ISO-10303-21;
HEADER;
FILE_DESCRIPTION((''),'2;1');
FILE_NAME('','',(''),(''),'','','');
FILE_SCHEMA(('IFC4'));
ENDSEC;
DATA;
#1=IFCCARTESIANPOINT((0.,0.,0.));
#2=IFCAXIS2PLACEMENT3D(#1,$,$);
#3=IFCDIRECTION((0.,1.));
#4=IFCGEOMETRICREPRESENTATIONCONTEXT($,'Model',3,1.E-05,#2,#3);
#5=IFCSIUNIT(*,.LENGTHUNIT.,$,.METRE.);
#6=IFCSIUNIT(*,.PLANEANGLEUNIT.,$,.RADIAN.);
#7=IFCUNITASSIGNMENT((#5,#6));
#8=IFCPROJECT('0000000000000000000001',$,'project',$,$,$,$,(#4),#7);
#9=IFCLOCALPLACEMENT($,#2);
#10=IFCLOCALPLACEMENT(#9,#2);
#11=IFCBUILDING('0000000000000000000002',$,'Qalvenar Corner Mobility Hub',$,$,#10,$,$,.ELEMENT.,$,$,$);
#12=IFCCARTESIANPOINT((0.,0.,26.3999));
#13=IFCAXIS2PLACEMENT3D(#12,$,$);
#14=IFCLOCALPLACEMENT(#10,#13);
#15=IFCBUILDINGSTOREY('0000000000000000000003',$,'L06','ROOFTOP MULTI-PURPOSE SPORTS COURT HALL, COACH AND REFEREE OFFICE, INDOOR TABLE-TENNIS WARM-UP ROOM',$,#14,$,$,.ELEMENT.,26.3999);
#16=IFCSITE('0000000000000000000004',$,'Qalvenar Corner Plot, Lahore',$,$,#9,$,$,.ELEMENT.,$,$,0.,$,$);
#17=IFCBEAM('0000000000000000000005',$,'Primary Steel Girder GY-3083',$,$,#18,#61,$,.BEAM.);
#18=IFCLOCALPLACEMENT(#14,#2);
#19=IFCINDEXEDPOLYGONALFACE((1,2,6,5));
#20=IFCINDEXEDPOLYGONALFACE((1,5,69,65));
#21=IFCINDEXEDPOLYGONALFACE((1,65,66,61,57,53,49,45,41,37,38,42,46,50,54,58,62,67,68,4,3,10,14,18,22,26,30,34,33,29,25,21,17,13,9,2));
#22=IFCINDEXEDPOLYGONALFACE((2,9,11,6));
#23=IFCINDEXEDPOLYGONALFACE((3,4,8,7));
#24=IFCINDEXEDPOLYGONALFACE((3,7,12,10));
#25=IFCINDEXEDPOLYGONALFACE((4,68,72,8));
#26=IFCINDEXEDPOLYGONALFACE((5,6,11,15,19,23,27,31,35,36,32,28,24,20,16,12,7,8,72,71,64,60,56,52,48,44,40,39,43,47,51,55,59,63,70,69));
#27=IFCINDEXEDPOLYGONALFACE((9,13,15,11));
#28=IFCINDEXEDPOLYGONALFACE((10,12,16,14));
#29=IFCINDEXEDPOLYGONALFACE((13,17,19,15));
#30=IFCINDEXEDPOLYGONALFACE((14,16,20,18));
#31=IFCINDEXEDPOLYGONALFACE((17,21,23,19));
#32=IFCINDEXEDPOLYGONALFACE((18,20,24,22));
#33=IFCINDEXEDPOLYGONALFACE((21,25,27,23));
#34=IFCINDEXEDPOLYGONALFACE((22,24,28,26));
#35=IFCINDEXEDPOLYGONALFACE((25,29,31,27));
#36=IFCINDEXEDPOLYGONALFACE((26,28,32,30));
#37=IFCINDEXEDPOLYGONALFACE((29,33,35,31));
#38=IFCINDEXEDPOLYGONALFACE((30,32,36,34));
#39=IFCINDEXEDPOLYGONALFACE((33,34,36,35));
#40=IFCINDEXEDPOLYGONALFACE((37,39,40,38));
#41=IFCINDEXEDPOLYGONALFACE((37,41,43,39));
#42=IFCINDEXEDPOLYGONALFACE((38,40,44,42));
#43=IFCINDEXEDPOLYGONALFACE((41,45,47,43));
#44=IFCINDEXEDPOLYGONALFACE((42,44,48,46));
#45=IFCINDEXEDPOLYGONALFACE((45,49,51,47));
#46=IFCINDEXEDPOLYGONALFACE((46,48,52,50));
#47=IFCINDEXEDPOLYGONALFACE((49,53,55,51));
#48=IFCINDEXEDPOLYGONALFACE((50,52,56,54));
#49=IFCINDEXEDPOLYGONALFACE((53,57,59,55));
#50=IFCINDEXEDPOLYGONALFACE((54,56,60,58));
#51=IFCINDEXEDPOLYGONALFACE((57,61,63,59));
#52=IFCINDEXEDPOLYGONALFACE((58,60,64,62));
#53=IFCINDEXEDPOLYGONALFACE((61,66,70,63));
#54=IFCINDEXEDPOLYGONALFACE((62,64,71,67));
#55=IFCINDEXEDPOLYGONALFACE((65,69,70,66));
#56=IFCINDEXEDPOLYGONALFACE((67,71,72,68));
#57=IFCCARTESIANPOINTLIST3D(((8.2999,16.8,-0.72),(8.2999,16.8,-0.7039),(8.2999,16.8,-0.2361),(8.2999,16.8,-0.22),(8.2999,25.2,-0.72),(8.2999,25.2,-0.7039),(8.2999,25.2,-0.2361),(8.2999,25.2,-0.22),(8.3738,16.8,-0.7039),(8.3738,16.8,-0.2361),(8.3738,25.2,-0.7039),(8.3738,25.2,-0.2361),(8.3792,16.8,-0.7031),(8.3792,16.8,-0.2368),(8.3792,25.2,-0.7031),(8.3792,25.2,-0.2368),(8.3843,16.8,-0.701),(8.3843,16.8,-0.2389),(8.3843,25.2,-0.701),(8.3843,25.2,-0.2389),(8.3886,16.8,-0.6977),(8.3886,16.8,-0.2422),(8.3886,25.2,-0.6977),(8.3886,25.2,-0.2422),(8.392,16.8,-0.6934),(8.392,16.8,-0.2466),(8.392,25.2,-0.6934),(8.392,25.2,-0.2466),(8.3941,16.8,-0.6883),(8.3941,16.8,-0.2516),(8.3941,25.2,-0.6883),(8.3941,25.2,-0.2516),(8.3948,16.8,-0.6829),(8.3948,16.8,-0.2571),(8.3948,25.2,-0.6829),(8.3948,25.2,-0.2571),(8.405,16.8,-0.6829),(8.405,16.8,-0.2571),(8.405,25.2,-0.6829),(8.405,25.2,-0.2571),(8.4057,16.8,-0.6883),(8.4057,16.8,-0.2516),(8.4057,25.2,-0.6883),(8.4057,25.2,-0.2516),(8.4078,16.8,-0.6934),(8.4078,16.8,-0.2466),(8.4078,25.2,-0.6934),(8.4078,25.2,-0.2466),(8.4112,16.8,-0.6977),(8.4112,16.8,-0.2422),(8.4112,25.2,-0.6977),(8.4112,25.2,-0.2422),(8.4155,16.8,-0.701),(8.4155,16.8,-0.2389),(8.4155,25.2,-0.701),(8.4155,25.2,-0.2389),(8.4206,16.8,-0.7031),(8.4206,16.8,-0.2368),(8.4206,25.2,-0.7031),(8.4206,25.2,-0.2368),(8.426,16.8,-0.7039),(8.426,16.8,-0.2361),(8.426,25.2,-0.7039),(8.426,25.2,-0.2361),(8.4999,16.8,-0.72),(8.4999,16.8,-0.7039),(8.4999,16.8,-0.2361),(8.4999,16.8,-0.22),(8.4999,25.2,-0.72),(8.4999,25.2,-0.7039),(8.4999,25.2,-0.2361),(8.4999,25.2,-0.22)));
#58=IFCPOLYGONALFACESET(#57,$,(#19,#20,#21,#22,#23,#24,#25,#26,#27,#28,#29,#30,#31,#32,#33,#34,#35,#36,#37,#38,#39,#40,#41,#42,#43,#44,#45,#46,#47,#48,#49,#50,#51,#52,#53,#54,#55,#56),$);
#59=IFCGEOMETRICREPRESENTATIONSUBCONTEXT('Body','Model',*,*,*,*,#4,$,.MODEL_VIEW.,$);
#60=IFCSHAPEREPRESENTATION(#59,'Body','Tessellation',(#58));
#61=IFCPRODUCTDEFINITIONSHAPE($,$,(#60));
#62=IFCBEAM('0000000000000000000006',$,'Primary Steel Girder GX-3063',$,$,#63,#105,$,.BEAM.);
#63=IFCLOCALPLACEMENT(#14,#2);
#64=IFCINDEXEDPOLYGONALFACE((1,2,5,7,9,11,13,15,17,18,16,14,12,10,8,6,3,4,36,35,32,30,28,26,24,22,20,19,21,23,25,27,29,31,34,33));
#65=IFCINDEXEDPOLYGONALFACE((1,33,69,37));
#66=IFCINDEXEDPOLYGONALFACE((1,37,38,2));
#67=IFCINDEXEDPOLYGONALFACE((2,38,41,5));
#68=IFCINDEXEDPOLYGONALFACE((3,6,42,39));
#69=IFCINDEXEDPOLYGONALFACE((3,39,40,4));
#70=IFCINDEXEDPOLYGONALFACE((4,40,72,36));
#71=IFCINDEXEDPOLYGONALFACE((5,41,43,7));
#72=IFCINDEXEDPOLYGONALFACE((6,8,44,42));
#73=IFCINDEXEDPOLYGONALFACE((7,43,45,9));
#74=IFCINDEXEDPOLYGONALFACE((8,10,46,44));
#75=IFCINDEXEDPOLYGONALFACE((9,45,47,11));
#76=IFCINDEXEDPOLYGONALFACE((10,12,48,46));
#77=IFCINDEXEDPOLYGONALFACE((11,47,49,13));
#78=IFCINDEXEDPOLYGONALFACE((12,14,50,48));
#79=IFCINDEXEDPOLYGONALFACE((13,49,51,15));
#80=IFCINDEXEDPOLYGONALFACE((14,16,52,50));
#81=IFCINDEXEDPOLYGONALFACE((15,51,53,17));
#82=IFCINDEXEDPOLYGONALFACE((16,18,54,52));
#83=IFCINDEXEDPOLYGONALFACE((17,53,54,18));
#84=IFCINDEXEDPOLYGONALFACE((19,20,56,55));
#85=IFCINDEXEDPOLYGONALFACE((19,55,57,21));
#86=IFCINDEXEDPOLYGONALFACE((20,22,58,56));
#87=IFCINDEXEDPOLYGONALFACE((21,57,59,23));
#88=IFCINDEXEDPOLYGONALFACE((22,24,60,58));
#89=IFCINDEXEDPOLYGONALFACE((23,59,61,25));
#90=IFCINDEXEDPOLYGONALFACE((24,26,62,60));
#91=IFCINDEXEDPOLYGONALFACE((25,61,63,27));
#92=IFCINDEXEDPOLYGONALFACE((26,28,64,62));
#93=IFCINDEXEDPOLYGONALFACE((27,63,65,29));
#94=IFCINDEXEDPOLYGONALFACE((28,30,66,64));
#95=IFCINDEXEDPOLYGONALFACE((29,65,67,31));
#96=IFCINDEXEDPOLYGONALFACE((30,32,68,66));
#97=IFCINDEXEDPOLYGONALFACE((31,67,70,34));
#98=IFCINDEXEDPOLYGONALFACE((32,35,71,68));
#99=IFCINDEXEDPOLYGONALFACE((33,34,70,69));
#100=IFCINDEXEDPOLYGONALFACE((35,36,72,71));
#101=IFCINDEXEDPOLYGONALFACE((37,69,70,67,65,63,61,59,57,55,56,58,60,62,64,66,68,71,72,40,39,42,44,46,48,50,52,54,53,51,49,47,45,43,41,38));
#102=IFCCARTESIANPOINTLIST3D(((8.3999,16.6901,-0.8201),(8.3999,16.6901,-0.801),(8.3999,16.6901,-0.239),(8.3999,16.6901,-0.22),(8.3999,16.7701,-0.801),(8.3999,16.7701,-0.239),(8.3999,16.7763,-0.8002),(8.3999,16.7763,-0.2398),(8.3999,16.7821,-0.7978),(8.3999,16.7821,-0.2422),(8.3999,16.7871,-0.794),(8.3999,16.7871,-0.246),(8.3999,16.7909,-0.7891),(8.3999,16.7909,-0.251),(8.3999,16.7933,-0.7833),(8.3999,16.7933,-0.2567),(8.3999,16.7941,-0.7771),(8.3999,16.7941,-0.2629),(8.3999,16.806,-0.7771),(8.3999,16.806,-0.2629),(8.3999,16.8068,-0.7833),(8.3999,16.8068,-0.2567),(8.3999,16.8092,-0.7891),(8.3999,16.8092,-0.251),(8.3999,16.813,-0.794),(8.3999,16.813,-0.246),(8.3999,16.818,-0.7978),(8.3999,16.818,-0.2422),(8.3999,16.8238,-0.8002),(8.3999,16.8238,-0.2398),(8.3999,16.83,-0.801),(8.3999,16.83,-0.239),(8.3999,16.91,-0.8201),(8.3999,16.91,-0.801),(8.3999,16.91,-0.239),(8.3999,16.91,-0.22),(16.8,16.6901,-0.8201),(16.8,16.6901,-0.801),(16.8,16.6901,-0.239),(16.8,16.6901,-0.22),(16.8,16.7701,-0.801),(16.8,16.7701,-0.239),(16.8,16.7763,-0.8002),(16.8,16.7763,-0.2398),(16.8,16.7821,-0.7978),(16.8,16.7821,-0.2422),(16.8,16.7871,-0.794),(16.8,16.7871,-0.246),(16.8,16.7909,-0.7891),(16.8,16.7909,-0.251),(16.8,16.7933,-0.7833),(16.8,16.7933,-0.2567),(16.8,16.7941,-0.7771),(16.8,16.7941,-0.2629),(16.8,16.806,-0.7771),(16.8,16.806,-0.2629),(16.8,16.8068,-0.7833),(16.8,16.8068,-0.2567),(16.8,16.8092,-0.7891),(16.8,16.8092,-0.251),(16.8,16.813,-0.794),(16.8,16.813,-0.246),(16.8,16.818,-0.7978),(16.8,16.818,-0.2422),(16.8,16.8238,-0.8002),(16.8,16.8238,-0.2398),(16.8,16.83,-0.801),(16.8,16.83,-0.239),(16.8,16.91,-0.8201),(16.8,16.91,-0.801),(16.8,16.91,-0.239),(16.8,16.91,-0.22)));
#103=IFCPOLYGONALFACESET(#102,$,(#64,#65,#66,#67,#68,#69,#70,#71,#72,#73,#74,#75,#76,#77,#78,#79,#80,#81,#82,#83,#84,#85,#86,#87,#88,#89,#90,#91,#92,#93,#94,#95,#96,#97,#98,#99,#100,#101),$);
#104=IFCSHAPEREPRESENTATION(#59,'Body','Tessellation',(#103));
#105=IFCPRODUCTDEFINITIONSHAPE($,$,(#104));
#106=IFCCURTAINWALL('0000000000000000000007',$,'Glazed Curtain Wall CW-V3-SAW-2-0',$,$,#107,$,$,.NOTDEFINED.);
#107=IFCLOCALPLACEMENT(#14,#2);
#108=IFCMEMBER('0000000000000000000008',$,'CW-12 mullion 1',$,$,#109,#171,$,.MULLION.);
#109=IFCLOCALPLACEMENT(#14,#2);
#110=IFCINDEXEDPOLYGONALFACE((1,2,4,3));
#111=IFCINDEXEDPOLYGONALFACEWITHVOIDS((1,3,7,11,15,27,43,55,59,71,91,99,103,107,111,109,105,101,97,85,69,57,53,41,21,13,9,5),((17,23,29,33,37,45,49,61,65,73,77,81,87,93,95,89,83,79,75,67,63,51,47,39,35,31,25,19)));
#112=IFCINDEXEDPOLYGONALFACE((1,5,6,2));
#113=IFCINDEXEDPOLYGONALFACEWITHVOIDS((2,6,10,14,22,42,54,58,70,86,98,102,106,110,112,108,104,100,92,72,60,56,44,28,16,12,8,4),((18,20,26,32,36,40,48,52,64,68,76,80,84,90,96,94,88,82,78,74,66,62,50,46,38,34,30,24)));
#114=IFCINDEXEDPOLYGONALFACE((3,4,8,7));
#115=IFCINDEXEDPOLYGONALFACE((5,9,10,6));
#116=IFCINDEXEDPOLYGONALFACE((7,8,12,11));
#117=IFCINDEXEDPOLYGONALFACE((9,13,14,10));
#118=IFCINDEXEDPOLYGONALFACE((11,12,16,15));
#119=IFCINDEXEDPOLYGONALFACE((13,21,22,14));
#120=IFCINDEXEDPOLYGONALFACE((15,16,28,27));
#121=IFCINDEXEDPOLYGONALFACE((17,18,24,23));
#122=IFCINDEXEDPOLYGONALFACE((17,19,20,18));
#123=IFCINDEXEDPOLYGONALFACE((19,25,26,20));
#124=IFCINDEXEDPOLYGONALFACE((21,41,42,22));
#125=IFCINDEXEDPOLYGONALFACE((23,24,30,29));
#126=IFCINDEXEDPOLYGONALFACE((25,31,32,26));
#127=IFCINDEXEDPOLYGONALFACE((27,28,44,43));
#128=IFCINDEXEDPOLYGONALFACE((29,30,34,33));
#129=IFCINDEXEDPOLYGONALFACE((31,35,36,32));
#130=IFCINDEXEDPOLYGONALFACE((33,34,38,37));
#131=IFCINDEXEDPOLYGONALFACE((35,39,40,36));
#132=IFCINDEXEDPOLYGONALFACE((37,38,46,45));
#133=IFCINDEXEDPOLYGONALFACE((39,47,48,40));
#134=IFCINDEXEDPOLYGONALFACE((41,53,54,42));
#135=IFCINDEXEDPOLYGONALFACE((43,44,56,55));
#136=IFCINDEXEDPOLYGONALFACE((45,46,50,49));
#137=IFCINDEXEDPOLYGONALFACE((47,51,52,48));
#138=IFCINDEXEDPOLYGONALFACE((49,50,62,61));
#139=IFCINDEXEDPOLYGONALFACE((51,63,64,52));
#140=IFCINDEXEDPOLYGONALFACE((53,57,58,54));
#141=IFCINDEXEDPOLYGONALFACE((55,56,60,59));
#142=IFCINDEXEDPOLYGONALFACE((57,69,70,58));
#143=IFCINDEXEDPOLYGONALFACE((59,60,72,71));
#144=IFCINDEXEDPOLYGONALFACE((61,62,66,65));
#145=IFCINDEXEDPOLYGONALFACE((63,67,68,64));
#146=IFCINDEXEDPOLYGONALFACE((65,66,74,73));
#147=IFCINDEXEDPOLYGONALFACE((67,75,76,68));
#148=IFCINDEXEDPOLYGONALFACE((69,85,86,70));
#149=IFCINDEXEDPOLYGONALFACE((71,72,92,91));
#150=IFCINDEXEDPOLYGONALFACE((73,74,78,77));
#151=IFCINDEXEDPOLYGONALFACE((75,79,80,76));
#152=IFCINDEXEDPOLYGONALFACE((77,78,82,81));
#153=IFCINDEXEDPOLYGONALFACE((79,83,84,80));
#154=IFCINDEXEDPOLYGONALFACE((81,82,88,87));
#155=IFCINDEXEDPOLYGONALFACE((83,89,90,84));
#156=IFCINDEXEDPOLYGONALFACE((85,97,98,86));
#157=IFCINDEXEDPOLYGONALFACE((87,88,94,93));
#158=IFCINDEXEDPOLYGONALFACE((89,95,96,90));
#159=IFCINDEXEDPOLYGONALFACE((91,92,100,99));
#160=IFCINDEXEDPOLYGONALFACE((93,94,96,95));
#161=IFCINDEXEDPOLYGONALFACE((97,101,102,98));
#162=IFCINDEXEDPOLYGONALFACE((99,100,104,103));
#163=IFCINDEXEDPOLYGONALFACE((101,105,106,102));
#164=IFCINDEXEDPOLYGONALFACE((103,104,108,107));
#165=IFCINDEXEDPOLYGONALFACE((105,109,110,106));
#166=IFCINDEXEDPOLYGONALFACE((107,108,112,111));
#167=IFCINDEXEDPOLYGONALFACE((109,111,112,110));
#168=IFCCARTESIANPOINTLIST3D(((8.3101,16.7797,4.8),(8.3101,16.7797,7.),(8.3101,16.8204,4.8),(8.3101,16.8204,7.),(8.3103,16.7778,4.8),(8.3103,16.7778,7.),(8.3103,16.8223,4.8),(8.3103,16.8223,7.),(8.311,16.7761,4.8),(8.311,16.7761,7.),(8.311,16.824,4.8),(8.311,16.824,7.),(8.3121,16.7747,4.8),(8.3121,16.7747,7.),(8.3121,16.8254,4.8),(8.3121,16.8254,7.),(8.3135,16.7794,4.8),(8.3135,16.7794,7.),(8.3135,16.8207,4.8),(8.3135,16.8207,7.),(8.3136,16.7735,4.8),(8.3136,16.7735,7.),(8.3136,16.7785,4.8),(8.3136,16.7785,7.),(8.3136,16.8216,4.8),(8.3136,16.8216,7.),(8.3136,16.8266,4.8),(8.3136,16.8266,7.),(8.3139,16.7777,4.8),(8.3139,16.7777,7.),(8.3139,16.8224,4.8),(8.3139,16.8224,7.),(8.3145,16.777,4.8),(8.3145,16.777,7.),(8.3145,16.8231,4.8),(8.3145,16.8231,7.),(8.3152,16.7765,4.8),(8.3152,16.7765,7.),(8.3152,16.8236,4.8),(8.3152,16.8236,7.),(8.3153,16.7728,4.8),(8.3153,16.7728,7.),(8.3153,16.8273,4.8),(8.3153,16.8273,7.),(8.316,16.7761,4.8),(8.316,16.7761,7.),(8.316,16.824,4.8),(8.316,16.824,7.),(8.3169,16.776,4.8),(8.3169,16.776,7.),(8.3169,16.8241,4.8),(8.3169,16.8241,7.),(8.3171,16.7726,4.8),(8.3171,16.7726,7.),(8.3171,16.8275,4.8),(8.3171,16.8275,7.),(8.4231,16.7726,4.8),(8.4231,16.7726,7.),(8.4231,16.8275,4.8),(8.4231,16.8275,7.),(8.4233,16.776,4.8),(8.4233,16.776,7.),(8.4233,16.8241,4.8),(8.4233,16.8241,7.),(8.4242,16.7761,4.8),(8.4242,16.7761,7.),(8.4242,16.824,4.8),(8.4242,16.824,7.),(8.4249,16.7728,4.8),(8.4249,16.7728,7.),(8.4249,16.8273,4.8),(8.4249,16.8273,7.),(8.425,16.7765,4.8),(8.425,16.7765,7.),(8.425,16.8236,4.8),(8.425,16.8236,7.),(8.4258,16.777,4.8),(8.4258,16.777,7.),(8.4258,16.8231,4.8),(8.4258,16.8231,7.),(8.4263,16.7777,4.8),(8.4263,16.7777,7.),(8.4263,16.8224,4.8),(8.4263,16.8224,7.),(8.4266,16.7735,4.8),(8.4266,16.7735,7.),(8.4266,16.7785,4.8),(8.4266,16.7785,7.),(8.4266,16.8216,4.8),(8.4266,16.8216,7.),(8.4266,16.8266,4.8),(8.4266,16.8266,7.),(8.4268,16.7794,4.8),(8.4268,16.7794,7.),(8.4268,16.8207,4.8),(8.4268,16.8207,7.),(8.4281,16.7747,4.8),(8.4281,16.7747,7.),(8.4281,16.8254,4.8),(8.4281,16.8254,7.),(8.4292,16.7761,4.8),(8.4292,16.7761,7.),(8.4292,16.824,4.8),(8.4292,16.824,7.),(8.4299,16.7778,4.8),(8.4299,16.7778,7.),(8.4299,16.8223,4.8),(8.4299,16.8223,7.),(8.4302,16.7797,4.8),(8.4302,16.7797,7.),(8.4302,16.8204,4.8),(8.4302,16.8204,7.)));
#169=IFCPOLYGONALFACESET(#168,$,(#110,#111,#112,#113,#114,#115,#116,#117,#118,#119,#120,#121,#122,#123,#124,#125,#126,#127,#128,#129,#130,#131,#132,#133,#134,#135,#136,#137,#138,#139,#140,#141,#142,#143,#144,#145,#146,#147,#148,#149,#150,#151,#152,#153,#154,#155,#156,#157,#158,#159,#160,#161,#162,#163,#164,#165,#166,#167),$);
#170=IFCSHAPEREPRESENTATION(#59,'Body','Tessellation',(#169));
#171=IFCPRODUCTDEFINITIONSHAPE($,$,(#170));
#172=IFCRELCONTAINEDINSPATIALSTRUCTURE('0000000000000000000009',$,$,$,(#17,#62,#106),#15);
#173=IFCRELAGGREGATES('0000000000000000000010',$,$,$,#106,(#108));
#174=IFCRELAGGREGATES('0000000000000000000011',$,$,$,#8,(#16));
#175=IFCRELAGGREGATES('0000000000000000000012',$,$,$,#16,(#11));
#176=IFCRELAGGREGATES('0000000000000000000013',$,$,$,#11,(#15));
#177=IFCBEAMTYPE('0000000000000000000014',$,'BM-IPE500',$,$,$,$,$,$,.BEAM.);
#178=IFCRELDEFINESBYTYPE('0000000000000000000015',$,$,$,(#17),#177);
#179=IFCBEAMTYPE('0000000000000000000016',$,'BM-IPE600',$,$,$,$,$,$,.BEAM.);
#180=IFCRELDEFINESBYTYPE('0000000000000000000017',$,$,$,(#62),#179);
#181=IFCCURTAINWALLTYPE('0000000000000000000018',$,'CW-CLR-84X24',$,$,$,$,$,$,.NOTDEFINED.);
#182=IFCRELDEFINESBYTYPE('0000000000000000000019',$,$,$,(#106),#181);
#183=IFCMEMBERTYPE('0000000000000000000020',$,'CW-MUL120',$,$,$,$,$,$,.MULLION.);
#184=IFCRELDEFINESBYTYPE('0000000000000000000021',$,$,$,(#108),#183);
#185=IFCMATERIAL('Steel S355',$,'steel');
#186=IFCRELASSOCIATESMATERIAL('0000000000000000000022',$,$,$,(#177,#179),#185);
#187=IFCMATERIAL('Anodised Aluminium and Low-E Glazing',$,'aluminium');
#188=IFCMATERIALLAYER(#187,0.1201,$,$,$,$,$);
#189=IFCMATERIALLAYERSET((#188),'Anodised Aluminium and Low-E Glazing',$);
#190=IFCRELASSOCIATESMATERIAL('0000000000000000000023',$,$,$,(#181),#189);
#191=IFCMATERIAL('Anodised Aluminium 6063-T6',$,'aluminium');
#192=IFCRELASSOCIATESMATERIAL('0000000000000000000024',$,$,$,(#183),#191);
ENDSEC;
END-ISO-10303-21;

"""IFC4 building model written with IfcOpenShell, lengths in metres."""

from ifc_helpers import new_model, si_unit, direction, frame, origin, origin_2d, place, context, subcontext, project, spatial, hollow_rectangle, i_section, extrude, material, layer, layer_set, material_profile, profile_set, type_object, element, aggregate, save


model = new_model("IFC4")

# Units and contexts
model_context = context("Model", 3, precision=1e-05, world=origin(), true_north=direction((0.0, 1.0)))
body_context = subcontext(model_context, "Body", "Model", "MODEL_VIEW")
ifc_project = project(units=[si_unit("LENGTHUNIT", "METRE"), si_unit("PLANEANGLEUNIT", "RADIAN")], contexts=[model_context])

# Site, building, storey
site_placement = place(None, origin())
site = spatial("IfcSite", under=ifc_project, at=site_placement, Name="Qalvenar Corner Plot, Lahore", CompositionType="ELEMENT", RefElevation=0.0)
building_placement = place(site_placement, origin())
building = spatial("IfcBuilding", under=site, at=building_placement, Name="Qalvenar Corner Mobility Hub", CompositionType="ELEMENT")
storey_placement = place(building_placement, frame((0.0, 0.0, 26.3999)))
storey = spatial("IfcBuildingStorey", under=building, at=storey_placement, Name="L06", Description="ROOFTOP MULTI-PURPOSE SPORTS COURT HALL, COACH AND REFEREE OFFICE, INDOOR TABLE-TENNIS WARM-UP ROOM", CompositionType="ELEMENT", Elevation=26.3999)

# Shared definitions
ifc_material_1 = material(Name="Steel S355", Category="steel")

# Beams
ifc_material_profile_1 = material_profile(ifc_material_1, i_section(OverallWidth=0.2, OverallDepth=0.5, WebThickness=0.0103, FlangeThickness=0.0161, FilletRadius=0.021, at=origin_2d()), Name="IPE500")
ifc_profile_set_1 = profile_set([ifc_material_profile_1], Name="Steel S355")
beam_type_1 = type_object("IfcBeamType", Name="BM-IPE500", PredefinedType="BEAM", material=ifc_profile_set_1)
beam_1_placement = place(storey_placement, frame((8.3999, 16.8, -0.47), z_axis=(0.0, 1.0, 0.0), x_axis=(-1.0, 0.0, 0.0)))
element("IfcBeam", 1, at=beam_1_placement, inside=storey, type_object=beam_type_1, Name="Primary Steel Girder GY-3083", PredefinedType="BEAM", context=body_context, shape_type="SweptSolid", body=[
    extrude(i_section(OverallWidth=0.2, OverallDepth=0.5, WebThickness=0.0103, FlangeThickness=0.0161, FilletRadius=0.021, at=origin_2d()), origin(), (0.0, 0.0, 1.0), 8.3999),
])
ifc_material_profile_2 = material_profile(ifc_material_1, i_section(OverallWidth=0.22, OverallDepth=0.6001, WebThickness=0.012, FlangeThickness=0.019, FilletRadius=0.0239, at=origin_2d()), Name="IPE600")
ifc_profile_set_2 = profile_set([ifc_material_profile_2], Name="Steel S355")
beam_type_2 = type_object("IfcBeamType", Name="BM-IPE600", PredefinedType="BEAM", material=ifc_profile_set_2)
beam_2_placement = place(storey_placement, frame((8.3999, 16.8, -0.52), z_axis=(1.0, 0.0, 0.0), x_axis=(0.0, 1.0, 0.0)))
element("IfcBeam", 2, at=beam_2_placement, inside=storey, type_object=beam_type_2, Name="Primary Steel Girder GX-3063", PredefinedType="BEAM", context=body_context, shape_type="SweptSolid", body=[
    extrude(i_section(OverallWidth=0.22, OverallDepth=0.6001, WebThickness=0.012, FlangeThickness=0.019, FilletRadius=0.0239, at=origin_2d()), origin(), (0.0, 0.0, 1.0), 8.4001),
])

# Curtain wall, member
ifc_material_2 = material(Name="Anodised Aluminium and Low-E Glazing", Category="aluminium")
ifc_layer_1 = layer(ifc_material_2, 0.1201)
ifc_layer_set_1 = layer_set([ifc_layer_1], Name="Anodised Aluminium and Low-E Glazing")
curtain_wall_type = type_object("IfcCurtainWallType", Name="CW-CLR-84X24", PredefinedType="NOTDEFINED", material=ifc_layer_set_1)
curtain_wall_1_placement = place(storey_placement, origin())
curtain_wall_1 = element("IfcCurtainWall", 3, at=curtain_wall_1_placement, inside=storey, type_object=curtain_wall_type, Name="Glazed Curtain Wall CW-V3-SAW-2-0", PredefinedType="NOTDEFINED")
ifc_material_3 = material(Name="Anodised Aluminium 6063-T6", Category="aluminium")
ifc_material_profile_3 = material_profile(ifc_material_3, hollow_rectangle(XDim=0.0549, YDim=0.1201, WallThickness=0.0034, InnerFilletRadius=0.0034, OuterFilletRadius=0.0071, at=origin_2d()), Name="RHS120x55x3.5")
ifc_profile_set_3 = profile_set([ifc_material_profile_3], Name="Anodised Aluminium 6063-T6")
member_type_1 = type_object("IfcMemberType", Name="CW-MUL120", PredefinedType="MULLION", material=ifc_profile_set_3)
member_1_placement = place(storey_placement, frame((8.3701, 16.8, 4.8), z_axis=(0.0, 0.0, 1.0), x_axis=(0.0, -1.0, 0.0)))
member_1 = element("IfcMember", 4, at=member_1_placement, type_object=member_type_1, Name="CW-12 mullion 1", PredefinedType="MULLION", context=body_context, shape_type="SweptSolid", body=[
    extrude(hollow_rectangle(XDim=0.0549, YDim=0.1201, WallThickness=0.0034, InnerFilletRadius=0.0034, OuterFilletRadius=0.0071, at=origin_2d()), origin(), (0.0, 0.0, 1.0), 2.2),
])

aggregate(curtain_wall_1, [member_1])

save(model, "model.ifc")
